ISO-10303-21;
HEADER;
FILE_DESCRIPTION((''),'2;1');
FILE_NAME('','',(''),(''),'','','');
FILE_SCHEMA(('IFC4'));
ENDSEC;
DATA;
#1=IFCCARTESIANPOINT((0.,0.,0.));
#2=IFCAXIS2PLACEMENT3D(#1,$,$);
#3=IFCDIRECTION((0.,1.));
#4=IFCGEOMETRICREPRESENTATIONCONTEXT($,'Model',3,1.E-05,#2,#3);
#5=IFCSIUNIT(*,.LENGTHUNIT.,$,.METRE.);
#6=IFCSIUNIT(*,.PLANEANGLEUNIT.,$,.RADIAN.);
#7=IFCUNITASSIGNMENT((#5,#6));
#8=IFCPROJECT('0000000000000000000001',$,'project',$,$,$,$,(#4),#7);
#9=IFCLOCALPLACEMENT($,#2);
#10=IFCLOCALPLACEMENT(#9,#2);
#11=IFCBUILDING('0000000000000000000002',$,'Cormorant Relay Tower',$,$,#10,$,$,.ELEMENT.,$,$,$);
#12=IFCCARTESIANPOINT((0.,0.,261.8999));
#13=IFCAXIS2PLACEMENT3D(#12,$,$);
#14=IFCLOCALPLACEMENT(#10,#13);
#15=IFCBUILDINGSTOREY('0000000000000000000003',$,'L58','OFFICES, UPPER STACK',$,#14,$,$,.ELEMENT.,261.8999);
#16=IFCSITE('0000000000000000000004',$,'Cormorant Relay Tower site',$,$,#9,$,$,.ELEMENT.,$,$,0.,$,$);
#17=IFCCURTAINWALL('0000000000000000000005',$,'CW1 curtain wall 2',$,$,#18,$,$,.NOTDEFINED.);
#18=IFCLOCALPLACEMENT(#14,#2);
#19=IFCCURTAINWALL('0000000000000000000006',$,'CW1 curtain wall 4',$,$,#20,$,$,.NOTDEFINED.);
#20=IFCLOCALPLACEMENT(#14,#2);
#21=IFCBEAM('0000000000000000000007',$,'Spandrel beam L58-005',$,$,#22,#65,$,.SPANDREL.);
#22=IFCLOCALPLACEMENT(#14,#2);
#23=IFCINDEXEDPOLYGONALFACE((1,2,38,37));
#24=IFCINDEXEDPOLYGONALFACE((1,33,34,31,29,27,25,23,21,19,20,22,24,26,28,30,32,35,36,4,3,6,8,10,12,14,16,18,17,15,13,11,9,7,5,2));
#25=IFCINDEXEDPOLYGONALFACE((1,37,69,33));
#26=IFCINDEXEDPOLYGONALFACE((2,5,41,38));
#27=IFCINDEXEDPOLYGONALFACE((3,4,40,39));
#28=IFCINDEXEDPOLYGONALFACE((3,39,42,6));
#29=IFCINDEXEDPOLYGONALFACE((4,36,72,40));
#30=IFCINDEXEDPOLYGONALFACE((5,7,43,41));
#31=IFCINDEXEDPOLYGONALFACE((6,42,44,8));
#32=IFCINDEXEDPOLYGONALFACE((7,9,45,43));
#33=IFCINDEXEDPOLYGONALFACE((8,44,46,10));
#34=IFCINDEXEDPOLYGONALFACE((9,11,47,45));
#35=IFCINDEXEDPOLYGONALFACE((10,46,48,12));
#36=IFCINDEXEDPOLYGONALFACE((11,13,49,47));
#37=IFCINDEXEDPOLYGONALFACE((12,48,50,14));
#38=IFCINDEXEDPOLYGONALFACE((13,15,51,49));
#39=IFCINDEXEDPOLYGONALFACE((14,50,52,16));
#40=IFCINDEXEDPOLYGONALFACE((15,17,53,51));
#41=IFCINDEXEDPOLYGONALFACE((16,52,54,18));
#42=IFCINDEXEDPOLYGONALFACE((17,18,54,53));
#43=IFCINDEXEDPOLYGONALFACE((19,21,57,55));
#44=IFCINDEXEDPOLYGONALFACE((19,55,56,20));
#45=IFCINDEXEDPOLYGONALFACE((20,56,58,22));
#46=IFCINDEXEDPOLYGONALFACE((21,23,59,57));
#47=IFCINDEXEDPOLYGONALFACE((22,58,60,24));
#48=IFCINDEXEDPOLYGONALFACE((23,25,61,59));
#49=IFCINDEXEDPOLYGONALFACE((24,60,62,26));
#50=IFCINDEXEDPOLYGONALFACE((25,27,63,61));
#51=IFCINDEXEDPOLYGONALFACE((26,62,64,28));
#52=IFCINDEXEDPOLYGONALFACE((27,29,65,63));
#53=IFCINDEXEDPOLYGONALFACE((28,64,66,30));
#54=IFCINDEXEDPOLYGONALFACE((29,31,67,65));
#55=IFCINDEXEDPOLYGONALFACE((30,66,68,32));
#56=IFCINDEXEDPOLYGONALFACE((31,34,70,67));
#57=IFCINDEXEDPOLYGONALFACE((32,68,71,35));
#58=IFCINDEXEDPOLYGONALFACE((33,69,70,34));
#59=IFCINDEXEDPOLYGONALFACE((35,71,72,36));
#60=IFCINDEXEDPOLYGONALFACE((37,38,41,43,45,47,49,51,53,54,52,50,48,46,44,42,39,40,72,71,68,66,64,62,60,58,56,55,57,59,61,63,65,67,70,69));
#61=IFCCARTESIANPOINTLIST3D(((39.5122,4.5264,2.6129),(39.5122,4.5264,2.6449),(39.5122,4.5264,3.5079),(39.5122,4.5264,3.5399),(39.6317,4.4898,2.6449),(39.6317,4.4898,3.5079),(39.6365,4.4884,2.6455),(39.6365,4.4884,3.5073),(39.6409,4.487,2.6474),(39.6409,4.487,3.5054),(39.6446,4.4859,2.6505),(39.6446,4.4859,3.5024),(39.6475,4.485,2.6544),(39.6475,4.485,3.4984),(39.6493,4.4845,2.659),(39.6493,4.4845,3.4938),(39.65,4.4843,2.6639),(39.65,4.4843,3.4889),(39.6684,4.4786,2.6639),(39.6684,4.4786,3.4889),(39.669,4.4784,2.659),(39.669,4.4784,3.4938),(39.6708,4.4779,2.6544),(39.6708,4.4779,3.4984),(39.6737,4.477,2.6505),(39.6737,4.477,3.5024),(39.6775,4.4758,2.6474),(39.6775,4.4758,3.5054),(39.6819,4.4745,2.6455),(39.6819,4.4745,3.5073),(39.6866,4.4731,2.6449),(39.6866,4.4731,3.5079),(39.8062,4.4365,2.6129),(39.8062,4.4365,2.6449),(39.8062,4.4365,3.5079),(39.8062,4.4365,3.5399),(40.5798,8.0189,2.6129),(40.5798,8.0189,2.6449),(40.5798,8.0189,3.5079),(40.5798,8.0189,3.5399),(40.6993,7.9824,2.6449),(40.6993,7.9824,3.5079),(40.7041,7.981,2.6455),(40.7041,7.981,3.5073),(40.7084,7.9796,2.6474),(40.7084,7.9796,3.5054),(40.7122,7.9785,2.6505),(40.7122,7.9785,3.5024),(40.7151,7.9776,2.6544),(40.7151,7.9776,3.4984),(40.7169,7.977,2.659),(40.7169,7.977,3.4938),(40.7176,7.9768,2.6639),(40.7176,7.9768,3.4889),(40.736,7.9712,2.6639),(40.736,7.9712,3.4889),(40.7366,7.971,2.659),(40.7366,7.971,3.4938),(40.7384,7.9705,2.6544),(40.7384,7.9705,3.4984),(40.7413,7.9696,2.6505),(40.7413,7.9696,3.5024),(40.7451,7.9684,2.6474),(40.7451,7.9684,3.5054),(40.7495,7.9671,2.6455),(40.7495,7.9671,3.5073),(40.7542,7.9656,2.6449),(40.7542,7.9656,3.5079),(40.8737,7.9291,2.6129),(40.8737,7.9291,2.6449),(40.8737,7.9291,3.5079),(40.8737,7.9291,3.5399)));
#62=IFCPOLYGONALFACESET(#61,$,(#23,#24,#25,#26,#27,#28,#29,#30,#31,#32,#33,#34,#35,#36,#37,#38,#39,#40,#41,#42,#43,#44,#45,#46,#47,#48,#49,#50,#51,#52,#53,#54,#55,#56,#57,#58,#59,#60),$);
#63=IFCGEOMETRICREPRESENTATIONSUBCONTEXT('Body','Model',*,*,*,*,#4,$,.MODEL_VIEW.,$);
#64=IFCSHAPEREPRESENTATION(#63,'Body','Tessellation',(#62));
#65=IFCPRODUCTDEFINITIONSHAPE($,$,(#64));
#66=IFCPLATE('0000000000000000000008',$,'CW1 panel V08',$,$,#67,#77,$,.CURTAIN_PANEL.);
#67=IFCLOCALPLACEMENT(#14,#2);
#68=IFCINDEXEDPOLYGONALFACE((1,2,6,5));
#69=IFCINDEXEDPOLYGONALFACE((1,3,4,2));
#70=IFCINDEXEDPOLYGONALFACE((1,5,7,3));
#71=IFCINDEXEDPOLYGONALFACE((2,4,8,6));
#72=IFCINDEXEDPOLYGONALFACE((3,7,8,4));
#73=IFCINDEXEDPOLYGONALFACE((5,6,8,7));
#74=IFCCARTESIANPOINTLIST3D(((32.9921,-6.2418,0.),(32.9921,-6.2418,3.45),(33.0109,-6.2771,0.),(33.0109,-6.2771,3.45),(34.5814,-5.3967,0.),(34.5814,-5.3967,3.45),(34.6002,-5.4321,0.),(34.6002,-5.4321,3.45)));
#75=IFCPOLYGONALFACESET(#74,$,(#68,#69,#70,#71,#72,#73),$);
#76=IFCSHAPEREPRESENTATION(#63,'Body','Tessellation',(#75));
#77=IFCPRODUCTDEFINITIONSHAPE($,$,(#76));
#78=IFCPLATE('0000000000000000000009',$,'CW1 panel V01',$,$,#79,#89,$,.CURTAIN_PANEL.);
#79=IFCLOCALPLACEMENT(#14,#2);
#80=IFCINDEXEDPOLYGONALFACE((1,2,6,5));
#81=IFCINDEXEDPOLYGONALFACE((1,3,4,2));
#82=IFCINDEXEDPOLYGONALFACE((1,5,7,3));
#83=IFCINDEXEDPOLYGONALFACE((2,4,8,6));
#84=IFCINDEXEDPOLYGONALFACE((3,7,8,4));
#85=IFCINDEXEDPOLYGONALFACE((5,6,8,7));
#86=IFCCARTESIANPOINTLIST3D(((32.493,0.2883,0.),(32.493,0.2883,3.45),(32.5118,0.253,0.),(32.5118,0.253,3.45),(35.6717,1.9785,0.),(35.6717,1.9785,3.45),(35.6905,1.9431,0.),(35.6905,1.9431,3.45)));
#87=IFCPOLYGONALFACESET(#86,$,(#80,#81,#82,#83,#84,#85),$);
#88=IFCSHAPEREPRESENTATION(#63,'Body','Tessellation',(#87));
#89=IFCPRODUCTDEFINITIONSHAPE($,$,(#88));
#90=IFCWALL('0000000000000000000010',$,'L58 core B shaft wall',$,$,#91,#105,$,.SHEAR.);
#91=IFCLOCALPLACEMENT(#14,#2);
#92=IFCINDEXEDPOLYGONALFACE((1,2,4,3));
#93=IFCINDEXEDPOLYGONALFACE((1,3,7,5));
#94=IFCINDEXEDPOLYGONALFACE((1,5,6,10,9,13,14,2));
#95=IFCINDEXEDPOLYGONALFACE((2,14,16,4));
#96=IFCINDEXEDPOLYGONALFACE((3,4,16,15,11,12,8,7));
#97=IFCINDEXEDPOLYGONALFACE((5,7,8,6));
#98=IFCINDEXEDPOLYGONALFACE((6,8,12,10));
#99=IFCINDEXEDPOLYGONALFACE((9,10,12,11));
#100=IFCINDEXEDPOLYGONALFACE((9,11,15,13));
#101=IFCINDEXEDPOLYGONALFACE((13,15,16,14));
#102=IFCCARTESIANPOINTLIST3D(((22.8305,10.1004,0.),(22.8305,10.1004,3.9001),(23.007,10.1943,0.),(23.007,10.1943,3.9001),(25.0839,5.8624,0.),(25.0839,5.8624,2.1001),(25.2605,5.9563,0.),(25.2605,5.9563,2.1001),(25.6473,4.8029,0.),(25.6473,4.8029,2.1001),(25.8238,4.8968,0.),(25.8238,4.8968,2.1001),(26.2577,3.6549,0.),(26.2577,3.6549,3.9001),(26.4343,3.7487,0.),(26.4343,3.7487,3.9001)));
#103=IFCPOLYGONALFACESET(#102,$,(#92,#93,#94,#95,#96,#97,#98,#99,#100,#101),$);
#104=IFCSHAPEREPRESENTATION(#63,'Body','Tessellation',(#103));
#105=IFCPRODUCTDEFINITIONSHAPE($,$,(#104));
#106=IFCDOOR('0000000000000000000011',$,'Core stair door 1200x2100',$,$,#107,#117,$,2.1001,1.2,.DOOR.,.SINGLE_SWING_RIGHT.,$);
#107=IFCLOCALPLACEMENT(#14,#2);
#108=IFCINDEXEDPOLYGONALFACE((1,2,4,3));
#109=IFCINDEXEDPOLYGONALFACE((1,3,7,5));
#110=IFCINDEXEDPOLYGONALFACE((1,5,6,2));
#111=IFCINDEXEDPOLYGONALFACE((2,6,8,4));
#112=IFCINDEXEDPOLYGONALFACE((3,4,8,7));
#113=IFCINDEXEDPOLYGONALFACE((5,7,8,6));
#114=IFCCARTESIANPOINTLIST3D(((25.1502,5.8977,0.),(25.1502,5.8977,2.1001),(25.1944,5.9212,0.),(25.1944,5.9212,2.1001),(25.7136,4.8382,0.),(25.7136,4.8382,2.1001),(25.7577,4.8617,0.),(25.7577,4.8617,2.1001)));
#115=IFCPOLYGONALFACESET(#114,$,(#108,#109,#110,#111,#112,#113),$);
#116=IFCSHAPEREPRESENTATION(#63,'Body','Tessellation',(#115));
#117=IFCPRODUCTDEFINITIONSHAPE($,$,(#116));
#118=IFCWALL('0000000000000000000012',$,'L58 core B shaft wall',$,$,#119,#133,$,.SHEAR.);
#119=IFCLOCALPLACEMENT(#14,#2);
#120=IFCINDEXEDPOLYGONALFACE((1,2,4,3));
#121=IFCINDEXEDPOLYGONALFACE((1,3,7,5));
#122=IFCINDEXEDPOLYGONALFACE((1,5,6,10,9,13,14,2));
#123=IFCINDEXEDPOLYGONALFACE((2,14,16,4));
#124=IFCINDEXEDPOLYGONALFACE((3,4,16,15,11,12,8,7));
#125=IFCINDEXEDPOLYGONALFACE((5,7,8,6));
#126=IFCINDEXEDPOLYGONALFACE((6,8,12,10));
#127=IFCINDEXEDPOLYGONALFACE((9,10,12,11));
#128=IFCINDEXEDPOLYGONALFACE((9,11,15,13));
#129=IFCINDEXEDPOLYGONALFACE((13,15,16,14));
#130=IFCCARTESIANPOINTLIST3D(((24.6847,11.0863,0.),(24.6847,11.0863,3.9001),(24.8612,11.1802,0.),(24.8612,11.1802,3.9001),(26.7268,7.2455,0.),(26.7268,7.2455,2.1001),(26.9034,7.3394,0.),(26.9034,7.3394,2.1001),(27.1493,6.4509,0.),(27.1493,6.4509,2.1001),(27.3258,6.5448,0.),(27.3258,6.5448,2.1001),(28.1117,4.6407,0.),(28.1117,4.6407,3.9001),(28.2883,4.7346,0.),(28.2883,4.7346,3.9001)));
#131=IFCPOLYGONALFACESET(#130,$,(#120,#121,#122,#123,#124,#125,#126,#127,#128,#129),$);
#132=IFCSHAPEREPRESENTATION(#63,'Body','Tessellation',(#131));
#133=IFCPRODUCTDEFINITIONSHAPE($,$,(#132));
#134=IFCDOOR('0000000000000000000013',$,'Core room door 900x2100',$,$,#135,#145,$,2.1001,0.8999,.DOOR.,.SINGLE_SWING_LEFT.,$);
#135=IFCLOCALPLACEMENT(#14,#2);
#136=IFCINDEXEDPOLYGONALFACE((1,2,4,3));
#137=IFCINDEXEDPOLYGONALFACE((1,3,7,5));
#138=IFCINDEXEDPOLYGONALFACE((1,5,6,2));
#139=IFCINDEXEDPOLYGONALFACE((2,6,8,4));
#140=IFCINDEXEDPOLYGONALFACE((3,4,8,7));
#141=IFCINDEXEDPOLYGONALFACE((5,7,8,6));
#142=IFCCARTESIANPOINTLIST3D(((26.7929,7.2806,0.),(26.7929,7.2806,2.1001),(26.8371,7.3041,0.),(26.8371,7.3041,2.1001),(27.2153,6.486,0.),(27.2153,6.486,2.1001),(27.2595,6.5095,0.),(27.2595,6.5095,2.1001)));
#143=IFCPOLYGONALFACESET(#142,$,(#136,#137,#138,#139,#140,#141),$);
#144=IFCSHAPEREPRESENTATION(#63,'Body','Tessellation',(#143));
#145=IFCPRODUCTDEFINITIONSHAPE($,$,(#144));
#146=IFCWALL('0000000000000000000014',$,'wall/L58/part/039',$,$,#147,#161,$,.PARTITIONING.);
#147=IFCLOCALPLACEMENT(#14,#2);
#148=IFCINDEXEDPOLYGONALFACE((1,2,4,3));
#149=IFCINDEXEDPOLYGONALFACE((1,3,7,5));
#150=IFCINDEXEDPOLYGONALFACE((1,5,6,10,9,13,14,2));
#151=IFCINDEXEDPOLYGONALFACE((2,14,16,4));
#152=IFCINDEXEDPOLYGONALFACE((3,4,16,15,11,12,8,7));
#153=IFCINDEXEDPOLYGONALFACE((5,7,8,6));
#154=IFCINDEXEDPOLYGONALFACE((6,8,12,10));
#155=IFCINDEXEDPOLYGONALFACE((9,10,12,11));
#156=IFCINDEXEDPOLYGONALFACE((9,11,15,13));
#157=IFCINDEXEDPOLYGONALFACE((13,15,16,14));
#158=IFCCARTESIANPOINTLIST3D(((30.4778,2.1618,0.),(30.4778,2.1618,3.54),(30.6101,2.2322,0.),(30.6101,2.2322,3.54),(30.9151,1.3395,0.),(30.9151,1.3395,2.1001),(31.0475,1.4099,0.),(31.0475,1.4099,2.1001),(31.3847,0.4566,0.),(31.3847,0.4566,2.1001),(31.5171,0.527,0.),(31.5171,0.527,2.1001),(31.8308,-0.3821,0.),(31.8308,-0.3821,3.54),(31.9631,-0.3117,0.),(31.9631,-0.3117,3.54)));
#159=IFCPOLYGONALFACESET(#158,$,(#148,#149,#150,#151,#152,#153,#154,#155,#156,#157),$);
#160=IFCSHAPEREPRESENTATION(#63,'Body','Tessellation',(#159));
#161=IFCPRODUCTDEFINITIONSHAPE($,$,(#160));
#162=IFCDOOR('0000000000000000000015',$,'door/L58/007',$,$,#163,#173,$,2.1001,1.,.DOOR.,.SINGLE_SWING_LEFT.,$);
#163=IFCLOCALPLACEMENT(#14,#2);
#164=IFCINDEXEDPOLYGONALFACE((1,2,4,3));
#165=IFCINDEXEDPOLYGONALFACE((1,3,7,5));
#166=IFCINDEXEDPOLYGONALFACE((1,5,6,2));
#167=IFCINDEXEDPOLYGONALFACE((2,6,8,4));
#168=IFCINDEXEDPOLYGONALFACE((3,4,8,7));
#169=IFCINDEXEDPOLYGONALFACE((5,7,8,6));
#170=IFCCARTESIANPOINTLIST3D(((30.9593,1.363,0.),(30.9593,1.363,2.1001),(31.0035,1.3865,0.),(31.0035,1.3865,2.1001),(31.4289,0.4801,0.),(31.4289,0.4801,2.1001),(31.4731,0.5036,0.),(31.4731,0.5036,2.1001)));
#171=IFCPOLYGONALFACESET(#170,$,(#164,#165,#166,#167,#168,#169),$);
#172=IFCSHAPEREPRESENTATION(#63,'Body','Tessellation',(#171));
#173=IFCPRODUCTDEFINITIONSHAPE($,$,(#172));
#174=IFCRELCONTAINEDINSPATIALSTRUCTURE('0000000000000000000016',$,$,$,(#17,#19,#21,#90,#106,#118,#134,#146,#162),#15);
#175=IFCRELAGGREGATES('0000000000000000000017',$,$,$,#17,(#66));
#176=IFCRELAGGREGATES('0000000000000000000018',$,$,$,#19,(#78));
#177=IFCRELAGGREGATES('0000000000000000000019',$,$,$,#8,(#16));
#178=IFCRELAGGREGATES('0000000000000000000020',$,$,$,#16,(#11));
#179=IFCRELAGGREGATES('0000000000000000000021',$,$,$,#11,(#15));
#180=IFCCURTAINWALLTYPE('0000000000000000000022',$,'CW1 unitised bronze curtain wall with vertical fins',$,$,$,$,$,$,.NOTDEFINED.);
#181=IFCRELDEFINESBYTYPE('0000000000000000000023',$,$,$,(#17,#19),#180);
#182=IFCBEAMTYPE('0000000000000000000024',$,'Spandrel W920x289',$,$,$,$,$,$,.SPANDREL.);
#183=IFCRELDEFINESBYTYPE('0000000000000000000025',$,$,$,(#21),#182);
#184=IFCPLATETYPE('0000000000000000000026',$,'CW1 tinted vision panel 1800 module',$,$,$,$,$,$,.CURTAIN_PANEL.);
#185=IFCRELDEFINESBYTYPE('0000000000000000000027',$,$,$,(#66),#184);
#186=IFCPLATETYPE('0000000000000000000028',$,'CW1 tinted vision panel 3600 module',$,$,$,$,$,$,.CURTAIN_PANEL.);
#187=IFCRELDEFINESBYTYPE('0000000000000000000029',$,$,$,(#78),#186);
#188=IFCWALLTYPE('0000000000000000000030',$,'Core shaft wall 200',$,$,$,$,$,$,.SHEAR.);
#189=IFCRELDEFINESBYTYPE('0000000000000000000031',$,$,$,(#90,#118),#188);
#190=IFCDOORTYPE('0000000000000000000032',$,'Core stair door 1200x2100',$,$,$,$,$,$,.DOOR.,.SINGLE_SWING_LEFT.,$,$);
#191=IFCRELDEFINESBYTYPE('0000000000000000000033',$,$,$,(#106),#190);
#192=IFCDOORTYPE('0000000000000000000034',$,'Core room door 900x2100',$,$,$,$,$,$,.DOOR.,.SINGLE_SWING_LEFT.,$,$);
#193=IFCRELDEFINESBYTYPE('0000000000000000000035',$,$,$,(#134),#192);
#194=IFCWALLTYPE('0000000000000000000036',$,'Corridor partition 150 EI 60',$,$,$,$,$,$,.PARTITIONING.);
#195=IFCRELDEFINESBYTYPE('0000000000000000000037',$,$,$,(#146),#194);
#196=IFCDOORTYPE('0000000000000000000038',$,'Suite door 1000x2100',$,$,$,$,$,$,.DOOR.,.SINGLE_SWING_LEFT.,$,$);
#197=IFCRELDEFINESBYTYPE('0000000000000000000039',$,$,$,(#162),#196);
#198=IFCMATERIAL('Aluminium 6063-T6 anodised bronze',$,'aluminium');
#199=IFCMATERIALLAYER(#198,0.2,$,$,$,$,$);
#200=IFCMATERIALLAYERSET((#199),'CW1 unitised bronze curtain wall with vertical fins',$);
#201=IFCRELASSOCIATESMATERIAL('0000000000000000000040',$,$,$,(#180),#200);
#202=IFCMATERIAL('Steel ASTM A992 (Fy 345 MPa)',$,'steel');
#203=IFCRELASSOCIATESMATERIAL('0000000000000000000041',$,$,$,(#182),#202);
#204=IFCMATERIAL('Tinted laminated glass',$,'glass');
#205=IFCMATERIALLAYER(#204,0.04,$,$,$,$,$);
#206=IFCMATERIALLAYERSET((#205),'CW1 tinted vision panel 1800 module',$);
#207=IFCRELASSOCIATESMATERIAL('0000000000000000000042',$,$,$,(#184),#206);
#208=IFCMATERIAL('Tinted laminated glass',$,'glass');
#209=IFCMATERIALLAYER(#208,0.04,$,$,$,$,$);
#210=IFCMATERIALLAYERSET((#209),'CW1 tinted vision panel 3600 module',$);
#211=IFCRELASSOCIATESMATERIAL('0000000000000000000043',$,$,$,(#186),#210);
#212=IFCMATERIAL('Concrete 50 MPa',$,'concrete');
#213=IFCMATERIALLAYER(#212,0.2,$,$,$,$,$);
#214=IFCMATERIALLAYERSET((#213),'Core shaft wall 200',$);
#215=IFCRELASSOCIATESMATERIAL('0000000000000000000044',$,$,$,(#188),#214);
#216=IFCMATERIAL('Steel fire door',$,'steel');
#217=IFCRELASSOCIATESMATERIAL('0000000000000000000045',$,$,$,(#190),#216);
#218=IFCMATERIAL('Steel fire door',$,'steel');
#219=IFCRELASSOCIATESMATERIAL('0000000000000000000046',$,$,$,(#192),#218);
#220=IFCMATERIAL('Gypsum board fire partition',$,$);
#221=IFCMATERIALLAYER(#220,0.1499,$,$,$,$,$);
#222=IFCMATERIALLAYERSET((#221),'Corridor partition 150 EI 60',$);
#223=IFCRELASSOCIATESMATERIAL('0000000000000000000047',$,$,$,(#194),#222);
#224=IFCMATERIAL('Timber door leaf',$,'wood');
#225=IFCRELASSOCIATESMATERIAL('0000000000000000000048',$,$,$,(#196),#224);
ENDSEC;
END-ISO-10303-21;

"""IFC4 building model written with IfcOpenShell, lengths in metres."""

from ifc_helpers import new_model, si_unit, direction, frame, frame_2d, origin, origin_2d, place, context, subcontext, project, spatial, rectangle, i_section, extrude, material, layer, layer_set, material_profile, profile_set, type_object, element, fill, aggregate, save


model = new_model("IFC4")

# Units and contexts
model_context = context("Model", 3, precision=1e-05, world=origin(), true_north=direction((0.0, 1.0)))
body_context = subcontext(model_context, "Body", "Model", "MODEL_VIEW")
ifc_project = project(units=[si_unit("LENGTHUNIT", "METRE"), si_unit("PLANEANGLEUNIT", "RADIAN")], contexts=[model_context])

# Site, building, storey
site_placement = place(None, origin())
site = spatial("IfcSite", under=ifc_project, at=site_placement, Name="Cormorant Relay Tower site", CompositionType="ELEMENT", RefElevation=0.0)
building_placement = place(site_placement, origin())
building = spatial("IfcBuilding", under=site, at=building_placement, Name="Cormorant Relay Tower", CompositionType="ELEMENT")
storey_placement = place(building_placement, frame((0.0, 0.0, 261.8999)))
storey = spatial("IfcBuildingStorey", under=building, at=storey_placement, Name="L58", Description="OFFICES, UPPER STACK", CompositionType="ELEMENT", Elevation=261.8999)

# Curtain wall
ifc_material_1 = material(Name="Aluminium 6063-T6 anodised bronze", Category="aluminium")
ifc_layer_1 = layer(ifc_material_1, 0.2)
ifc_layer_set_1 = layer_set([ifc_layer_1], Name="CW1 unitised bronze curtain wall with vertical fins")
curtain_wall_type = type_object("IfcCurtainWallType", Name="CW1 unitised bronze curtain wall with vertical fins", PredefinedType="NOTDEFINED", material=ifc_layer_set_1)
curtain_wall_1_placement = place(storey_placement, origin())
curtain_wall_1 = element("IfcCurtainWall", 1, at=curtain_wall_1_placement, inside=storey, type_object=curtain_wall_type, Name="CW1 curtain wall 2", PredefinedType="NOTDEFINED")

# Curtain wall
curtain_wall_2_placement = place(storey_placement, origin())
curtain_wall_2 = element("IfcCurtainWall", 2, at=curtain_wall_2_placement, inside=storey, type_object=curtain_wall_type, Name="CW1 curtain wall 4", PredefinedType="NOTDEFINED")

# Beam
ifc_material_2 = material(Name="Steel ASTM A992 (Fy 345 MPa)", Category="steel")
ifc_material_profile_1 = material_profile(ifc_material_2, i_section(OverallWidth=0.3074, OverallDepth=0.927, WebThickness=0.0193, FlangeThickness=0.032, FilletRadius=0.019, at=origin_2d()), Name="W920x289")
ifc_profile_set_1 = profile_set([ifc_material_profile_1], Name="Steel ASTM A992 (Fy 345 MPa)")
beam_type = type_object("IfcBeamType", Name="Spandrel W920x289", PredefinedType="SPANDREL", material=ifc_profile_set_1)
beam_1_placement = place(storey_placement, frame((39.6592, 4.4814, 3.0764), z_axis=(0.292324, 0.956319, 0.0), x_axis=(-0.956319, 0.292324, 0.0)))
element("IfcBeam", 3, at=beam_1_placement, inside=storey, type_object=beam_type, Name="Spandrel beam L58-005", PredefinedType="SPANDREL", context=body_context, shape_type="SweptSolid", body=[
    extrude(i_section(OverallWidth=0.3074, OverallDepth=0.927, WebThickness=0.0193, FlangeThickness=0.032, FilletRadius=0.019, at=origin_2d()), origin(), (0.0, 0.0, 1.0), 3.6521),
])

# Plates
ifc_material_3 = material(Name="Tinted laminated glass", Category="glass")
ifc_layer_2 = layer(ifc_material_3, 0.04)
ifc_layer_set_2 = layer_set([ifc_layer_2], Name="CW1 tinted vision panel 1800 module")
plate_type_1 = type_object("IfcPlateType", Name="CW1 tinted vision panel 1800 module", PredefinedType="CURTAIN_PANEL", material=ifc_layer_set_2)
plate_1_placement = place(storey_placement, frame((33.7961, -5.8369, 0.0), z_axis=(0.0, 0.0, 1.0), x_axis=(0.882948, 0.469472, 0.0)))
plate_1 = element("IfcPlate", 4, at=plate_1_placement, type_object=plate_type_1, Name="CW1 panel V08", PredefinedType="CURTAIN_PANEL", context=body_context, shape_type="SweptSolid", body=[
    extrude(rectangle(XDim=1.8, YDim=0.04, at=origin_2d()), origin(), (0.0, 0.0, 1.0), 3.45),
])
ifc_material_4 = material(Name="Tinted laminated glass", Category="glass")
ifc_layer_3 = layer(ifc_material_4, 0.04)
ifc_layer_set_3 = layer_set([ifc_layer_3], Name="CW1 tinted vision panel 3600 module")
plate_type_2 = type_object("IfcPlateType", Name="CW1 tinted vision panel 3600 module", PredefinedType="CURTAIN_PANEL", material=ifc_layer_set_3)
plate_2_placement = place(storey_placement, frame((34.0918, 1.1157, 0.0), z_axis=(0.0, 0.0, 1.0), x_axis=(0.882948, 0.469472, 0.0)))
plate_2 = element("IfcPlate", 5, at=plate_2_placement, type_object=plate_type_2, Name="CW1 panel V01", PredefinedType="CURTAIN_PANEL", context=body_context, shape_type="SweptSolid", body=[
    extrude(rectangle(XDim=3.6001, YDim=0.04, at=origin_2d()), origin(), (0.0, 0.0, 1.0), 3.45),
])

# Walls, openings, doors
ifc_material_5 = material(Name="Concrete 50 MPa", Category="concrete")
ifc_layer_4 = layer(ifc_material_5, 0.2)
ifc_layer_set_4 = layer_set([ifc_layer_4], Name="Core shaft wall 200")
wall_type_1 = type_object("IfcWallType", Name="Core shaft wall 200", PredefinedType="SHEAR", material=ifc_layer_set_4)
wall_1_placement = place(storey_placement, frame((26.3459, 3.7019, 0.0), z_axis=(0.0, 0.0, 1.0), x_axis=(-0.46948, 0.882943, 0.0)))
wall_1 = element("IfcWall", 6, at=wall_1_placement, inside=storey, type_object=wall_type_1, Name="L58 core B shaft wall", PredefinedType="SHEAR", context=body_context, shape_type="SweptSolid", body=[
    extrude(rectangle(XDim=7.3, YDim=0.2, at=frame_2d((3.6499, 0.0))), origin(), (0.0, 0.0, 1.0), 3.9001),
])
opening_1_placement = place(wall_1_placement, frame((1.3, 0.0, 0.0)))
opening_1 = element("IfcOpeningElement", 7, at=opening_1_placement, cuts=wall_1, PredefinedType="OPENING", context=body_context, shape_type="SweptSolid", body=[
    extrude(rectangle(XDim=1.2, YDim=2.1001, at=frame_2d((0.6001, 1.05))), frame((0.0, 0.1099, 0.0), z_axis=(0.0, -1.0, 0.0), x_axis=(1.0, 0.0, 0.0)), (0.0, 0.0, 1.0), 0.22),
])
ifc_material_6 = material(Name="Steel fire door", Category="steel")
door_type_1 = type_object("IfcDoorType", Name="Core stair door 1200x2100", OperationType="SINGLE_SWING_LEFT", PredefinedType="DOOR", material=ifc_material_6)
door_1_placement = place(opening_1_placement, origin())
door_1 = element("IfcDoor", 8, at=door_1_placement, inside=storey, type_object=door_type_1, Name="Core stair door 1200x2100", OperationType="SINGLE_SWING_RIGHT", OverallHeight=2.1001, OverallWidth=1.2, PredefinedType="DOOR", context=body_context, shape_type="SweptSolid", body=[
    extrude(rectangle(XDim=1.2, YDim=2.1001, at=frame_2d((0.6001, 1.05))), frame((0.0, 0.0249, 0.0), z_axis=(0.0, -1.0, 0.0), x_axis=(1.0, 0.0, 0.0)), (0.0, 0.0, 1.0), 0.05),
])
fill(opening_1, door_1)
wall_2_placement = place(storey_placement, frame((28.2, 4.6877, 0.0), z_axis=(0.0, 0.0, 1.0), x_axis=(-0.469454, 0.882957, 0.0)))
wall_2 = element("IfcWall", 9, at=wall_2_placement, inside=storey, type_object=wall_type_1, Name="L58 core B shaft wall", PredefinedType="SHEAR", context=body_context, shape_type="SweptSolid", body=[
    extrude(rectangle(XDim=7.3, YDim=0.2, at=frame_2d((3.6499, 0.0))), origin(), (0.0, 0.0, 1.0), 3.9001),
])
opening_2_placement = place(wall_2_placement, frame((2.05, 0.0, 0.0)))
opening_2 = element("IfcOpeningElement", 10, at=opening_2_placement, cuts=wall_2, PredefinedType="OPENING", context=body_context, shape_type="SweptSolid", body=[
    extrude(rectangle(XDim=0.8999, YDim=2.1001, at=frame_2d((0.45, 1.05))), frame((0.0, 0.1099, 0.0), z_axis=(0.0, -1.0, 0.0), x_axis=(1.0, 0.0, 0.0)), (0.0, 0.0, 1.0), 0.22),
])
ifc_material_7 = material(Name="Steel fire door", Category="steel")
door_type_2 = type_object("IfcDoorType", Name="Core room door 900x2100", OperationType="SINGLE_SWING_LEFT", PredefinedType="DOOR", material=ifc_material_7)
door_2_placement = place(opening_2_placement, frame((0.8999, 0.0, 0.0), z_axis=(0.0, 0.0, 1.0), x_axis=(-1.0, 0.0, 0.0)))
door_2 = element("IfcDoor", 11, at=door_2_placement, inside=storey, type_object=door_type_2, Name="Core room door 900x2100", OperationType="SINGLE_SWING_LEFT", OverallHeight=2.1001, OverallWidth=0.8999, PredefinedType="DOOR", context=body_context, shape_type="SweptSolid", body=[
    extrude(rectangle(XDim=0.8999, YDim=2.1001, at=frame_2d((0.45, 1.05))), frame((0.0, 0.0249, 0.0), z_axis=(0.0, -1.0, 0.0), x_axis=(1.0, 0.0, 0.0)), (0.0, 0.0, 1.0), 0.05),
])
fill(opening_2, door_2)
ifc_material_8 = material(Name="Gypsum board fire partition")
ifc_layer_5 = layer(ifc_material_8, 0.1499)
ifc_layer_set_5 = layer_set([ifc_layer_5], Name="Corridor partition 150 EI 60")
wall_type_2 = type_object("IfcWallType", Name="Corridor partition 150 EI 60", PredefinedType="PARTITIONING", material=ifc_layer_set_5)
wall_3_placement = place(storey_placement, frame((31.897, -0.3469, 0.0), z_axis=(0.0, 0.0, 1.0), x_axis=(-0.469576, 0.882892, 0.0)))
wall_3 = element("IfcWall", 12, at=wall_3_placement, inside=storey, type_object=wall_type_2, Name="wall/L58/part/039", PredefinedType="PARTITIONING", context=body_context, shape_type="SweptSolid", body=[
    extrude(rectangle(XDim=2.8813, YDim=0.1499, at=frame_2d((1.4407, 0.0))), origin(), (0.0, 0.0, 1.0), 3.54),
])
opening_3_placement = place(wall_3_placement, frame((0.95, 0.0, 0.0)))
opening_3 = element("IfcOpeningElement", 13, at=opening_3_placement, cuts=wall_3, PredefinedType="OPENING", context=body_context, shape_type="SweptSolid", body=[
    extrude(rectangle(XDim=1.0, YDim=2.1001, at=frame_2d((0.5, 1.05))), frame((0.0, 0.085, 0.0), z_axis=(0.0, -1.0, 0.0), x_axis=(1.0, 0.0, 0.0)), (0.0, 0.0, 1.0), 0.1699),
])
ifc_material_9 = material(Name="Timber door leaf", Category="wood")
door_type_3 = type_object("IfcDoorType", Name="Suite door 1000x2100", OperationType="SINGLE_SWING_LEFT", PredefinedType="DOOR", material=ifc_material_9)
door_3_placement = place(opening_3_placement, origin())
door_3 = element("IfcDoor", 14, at=door_3_placement, inside=storey, type_object=door_type_3, Name="door/L58/007", OperationType="SINGLE_SWING_LEFT", OverallHeight=2.1001, OverallWidth=1.0, PredefinedType="DOOR", context=body_context, shape_type="SweptSolid", body=[
    extrude(rectangle(XDim=1.0, YDim=2.1001, at=frame_2d((0.5, 1.05))), frame((0.0, 0.0249, 0.0), z_axis=(0.0, -1.0, 0.0), x_axis=(1.0, 0.0, 0.0)), (0.0, 0.0, 1.0), 0.05),
])
fill(opening_3, door_3)

aggregate(curtain_wall_1, [plate_1])
aggregate(curtain_wall_2, [plate_2])

save(model, "model.ifc")
